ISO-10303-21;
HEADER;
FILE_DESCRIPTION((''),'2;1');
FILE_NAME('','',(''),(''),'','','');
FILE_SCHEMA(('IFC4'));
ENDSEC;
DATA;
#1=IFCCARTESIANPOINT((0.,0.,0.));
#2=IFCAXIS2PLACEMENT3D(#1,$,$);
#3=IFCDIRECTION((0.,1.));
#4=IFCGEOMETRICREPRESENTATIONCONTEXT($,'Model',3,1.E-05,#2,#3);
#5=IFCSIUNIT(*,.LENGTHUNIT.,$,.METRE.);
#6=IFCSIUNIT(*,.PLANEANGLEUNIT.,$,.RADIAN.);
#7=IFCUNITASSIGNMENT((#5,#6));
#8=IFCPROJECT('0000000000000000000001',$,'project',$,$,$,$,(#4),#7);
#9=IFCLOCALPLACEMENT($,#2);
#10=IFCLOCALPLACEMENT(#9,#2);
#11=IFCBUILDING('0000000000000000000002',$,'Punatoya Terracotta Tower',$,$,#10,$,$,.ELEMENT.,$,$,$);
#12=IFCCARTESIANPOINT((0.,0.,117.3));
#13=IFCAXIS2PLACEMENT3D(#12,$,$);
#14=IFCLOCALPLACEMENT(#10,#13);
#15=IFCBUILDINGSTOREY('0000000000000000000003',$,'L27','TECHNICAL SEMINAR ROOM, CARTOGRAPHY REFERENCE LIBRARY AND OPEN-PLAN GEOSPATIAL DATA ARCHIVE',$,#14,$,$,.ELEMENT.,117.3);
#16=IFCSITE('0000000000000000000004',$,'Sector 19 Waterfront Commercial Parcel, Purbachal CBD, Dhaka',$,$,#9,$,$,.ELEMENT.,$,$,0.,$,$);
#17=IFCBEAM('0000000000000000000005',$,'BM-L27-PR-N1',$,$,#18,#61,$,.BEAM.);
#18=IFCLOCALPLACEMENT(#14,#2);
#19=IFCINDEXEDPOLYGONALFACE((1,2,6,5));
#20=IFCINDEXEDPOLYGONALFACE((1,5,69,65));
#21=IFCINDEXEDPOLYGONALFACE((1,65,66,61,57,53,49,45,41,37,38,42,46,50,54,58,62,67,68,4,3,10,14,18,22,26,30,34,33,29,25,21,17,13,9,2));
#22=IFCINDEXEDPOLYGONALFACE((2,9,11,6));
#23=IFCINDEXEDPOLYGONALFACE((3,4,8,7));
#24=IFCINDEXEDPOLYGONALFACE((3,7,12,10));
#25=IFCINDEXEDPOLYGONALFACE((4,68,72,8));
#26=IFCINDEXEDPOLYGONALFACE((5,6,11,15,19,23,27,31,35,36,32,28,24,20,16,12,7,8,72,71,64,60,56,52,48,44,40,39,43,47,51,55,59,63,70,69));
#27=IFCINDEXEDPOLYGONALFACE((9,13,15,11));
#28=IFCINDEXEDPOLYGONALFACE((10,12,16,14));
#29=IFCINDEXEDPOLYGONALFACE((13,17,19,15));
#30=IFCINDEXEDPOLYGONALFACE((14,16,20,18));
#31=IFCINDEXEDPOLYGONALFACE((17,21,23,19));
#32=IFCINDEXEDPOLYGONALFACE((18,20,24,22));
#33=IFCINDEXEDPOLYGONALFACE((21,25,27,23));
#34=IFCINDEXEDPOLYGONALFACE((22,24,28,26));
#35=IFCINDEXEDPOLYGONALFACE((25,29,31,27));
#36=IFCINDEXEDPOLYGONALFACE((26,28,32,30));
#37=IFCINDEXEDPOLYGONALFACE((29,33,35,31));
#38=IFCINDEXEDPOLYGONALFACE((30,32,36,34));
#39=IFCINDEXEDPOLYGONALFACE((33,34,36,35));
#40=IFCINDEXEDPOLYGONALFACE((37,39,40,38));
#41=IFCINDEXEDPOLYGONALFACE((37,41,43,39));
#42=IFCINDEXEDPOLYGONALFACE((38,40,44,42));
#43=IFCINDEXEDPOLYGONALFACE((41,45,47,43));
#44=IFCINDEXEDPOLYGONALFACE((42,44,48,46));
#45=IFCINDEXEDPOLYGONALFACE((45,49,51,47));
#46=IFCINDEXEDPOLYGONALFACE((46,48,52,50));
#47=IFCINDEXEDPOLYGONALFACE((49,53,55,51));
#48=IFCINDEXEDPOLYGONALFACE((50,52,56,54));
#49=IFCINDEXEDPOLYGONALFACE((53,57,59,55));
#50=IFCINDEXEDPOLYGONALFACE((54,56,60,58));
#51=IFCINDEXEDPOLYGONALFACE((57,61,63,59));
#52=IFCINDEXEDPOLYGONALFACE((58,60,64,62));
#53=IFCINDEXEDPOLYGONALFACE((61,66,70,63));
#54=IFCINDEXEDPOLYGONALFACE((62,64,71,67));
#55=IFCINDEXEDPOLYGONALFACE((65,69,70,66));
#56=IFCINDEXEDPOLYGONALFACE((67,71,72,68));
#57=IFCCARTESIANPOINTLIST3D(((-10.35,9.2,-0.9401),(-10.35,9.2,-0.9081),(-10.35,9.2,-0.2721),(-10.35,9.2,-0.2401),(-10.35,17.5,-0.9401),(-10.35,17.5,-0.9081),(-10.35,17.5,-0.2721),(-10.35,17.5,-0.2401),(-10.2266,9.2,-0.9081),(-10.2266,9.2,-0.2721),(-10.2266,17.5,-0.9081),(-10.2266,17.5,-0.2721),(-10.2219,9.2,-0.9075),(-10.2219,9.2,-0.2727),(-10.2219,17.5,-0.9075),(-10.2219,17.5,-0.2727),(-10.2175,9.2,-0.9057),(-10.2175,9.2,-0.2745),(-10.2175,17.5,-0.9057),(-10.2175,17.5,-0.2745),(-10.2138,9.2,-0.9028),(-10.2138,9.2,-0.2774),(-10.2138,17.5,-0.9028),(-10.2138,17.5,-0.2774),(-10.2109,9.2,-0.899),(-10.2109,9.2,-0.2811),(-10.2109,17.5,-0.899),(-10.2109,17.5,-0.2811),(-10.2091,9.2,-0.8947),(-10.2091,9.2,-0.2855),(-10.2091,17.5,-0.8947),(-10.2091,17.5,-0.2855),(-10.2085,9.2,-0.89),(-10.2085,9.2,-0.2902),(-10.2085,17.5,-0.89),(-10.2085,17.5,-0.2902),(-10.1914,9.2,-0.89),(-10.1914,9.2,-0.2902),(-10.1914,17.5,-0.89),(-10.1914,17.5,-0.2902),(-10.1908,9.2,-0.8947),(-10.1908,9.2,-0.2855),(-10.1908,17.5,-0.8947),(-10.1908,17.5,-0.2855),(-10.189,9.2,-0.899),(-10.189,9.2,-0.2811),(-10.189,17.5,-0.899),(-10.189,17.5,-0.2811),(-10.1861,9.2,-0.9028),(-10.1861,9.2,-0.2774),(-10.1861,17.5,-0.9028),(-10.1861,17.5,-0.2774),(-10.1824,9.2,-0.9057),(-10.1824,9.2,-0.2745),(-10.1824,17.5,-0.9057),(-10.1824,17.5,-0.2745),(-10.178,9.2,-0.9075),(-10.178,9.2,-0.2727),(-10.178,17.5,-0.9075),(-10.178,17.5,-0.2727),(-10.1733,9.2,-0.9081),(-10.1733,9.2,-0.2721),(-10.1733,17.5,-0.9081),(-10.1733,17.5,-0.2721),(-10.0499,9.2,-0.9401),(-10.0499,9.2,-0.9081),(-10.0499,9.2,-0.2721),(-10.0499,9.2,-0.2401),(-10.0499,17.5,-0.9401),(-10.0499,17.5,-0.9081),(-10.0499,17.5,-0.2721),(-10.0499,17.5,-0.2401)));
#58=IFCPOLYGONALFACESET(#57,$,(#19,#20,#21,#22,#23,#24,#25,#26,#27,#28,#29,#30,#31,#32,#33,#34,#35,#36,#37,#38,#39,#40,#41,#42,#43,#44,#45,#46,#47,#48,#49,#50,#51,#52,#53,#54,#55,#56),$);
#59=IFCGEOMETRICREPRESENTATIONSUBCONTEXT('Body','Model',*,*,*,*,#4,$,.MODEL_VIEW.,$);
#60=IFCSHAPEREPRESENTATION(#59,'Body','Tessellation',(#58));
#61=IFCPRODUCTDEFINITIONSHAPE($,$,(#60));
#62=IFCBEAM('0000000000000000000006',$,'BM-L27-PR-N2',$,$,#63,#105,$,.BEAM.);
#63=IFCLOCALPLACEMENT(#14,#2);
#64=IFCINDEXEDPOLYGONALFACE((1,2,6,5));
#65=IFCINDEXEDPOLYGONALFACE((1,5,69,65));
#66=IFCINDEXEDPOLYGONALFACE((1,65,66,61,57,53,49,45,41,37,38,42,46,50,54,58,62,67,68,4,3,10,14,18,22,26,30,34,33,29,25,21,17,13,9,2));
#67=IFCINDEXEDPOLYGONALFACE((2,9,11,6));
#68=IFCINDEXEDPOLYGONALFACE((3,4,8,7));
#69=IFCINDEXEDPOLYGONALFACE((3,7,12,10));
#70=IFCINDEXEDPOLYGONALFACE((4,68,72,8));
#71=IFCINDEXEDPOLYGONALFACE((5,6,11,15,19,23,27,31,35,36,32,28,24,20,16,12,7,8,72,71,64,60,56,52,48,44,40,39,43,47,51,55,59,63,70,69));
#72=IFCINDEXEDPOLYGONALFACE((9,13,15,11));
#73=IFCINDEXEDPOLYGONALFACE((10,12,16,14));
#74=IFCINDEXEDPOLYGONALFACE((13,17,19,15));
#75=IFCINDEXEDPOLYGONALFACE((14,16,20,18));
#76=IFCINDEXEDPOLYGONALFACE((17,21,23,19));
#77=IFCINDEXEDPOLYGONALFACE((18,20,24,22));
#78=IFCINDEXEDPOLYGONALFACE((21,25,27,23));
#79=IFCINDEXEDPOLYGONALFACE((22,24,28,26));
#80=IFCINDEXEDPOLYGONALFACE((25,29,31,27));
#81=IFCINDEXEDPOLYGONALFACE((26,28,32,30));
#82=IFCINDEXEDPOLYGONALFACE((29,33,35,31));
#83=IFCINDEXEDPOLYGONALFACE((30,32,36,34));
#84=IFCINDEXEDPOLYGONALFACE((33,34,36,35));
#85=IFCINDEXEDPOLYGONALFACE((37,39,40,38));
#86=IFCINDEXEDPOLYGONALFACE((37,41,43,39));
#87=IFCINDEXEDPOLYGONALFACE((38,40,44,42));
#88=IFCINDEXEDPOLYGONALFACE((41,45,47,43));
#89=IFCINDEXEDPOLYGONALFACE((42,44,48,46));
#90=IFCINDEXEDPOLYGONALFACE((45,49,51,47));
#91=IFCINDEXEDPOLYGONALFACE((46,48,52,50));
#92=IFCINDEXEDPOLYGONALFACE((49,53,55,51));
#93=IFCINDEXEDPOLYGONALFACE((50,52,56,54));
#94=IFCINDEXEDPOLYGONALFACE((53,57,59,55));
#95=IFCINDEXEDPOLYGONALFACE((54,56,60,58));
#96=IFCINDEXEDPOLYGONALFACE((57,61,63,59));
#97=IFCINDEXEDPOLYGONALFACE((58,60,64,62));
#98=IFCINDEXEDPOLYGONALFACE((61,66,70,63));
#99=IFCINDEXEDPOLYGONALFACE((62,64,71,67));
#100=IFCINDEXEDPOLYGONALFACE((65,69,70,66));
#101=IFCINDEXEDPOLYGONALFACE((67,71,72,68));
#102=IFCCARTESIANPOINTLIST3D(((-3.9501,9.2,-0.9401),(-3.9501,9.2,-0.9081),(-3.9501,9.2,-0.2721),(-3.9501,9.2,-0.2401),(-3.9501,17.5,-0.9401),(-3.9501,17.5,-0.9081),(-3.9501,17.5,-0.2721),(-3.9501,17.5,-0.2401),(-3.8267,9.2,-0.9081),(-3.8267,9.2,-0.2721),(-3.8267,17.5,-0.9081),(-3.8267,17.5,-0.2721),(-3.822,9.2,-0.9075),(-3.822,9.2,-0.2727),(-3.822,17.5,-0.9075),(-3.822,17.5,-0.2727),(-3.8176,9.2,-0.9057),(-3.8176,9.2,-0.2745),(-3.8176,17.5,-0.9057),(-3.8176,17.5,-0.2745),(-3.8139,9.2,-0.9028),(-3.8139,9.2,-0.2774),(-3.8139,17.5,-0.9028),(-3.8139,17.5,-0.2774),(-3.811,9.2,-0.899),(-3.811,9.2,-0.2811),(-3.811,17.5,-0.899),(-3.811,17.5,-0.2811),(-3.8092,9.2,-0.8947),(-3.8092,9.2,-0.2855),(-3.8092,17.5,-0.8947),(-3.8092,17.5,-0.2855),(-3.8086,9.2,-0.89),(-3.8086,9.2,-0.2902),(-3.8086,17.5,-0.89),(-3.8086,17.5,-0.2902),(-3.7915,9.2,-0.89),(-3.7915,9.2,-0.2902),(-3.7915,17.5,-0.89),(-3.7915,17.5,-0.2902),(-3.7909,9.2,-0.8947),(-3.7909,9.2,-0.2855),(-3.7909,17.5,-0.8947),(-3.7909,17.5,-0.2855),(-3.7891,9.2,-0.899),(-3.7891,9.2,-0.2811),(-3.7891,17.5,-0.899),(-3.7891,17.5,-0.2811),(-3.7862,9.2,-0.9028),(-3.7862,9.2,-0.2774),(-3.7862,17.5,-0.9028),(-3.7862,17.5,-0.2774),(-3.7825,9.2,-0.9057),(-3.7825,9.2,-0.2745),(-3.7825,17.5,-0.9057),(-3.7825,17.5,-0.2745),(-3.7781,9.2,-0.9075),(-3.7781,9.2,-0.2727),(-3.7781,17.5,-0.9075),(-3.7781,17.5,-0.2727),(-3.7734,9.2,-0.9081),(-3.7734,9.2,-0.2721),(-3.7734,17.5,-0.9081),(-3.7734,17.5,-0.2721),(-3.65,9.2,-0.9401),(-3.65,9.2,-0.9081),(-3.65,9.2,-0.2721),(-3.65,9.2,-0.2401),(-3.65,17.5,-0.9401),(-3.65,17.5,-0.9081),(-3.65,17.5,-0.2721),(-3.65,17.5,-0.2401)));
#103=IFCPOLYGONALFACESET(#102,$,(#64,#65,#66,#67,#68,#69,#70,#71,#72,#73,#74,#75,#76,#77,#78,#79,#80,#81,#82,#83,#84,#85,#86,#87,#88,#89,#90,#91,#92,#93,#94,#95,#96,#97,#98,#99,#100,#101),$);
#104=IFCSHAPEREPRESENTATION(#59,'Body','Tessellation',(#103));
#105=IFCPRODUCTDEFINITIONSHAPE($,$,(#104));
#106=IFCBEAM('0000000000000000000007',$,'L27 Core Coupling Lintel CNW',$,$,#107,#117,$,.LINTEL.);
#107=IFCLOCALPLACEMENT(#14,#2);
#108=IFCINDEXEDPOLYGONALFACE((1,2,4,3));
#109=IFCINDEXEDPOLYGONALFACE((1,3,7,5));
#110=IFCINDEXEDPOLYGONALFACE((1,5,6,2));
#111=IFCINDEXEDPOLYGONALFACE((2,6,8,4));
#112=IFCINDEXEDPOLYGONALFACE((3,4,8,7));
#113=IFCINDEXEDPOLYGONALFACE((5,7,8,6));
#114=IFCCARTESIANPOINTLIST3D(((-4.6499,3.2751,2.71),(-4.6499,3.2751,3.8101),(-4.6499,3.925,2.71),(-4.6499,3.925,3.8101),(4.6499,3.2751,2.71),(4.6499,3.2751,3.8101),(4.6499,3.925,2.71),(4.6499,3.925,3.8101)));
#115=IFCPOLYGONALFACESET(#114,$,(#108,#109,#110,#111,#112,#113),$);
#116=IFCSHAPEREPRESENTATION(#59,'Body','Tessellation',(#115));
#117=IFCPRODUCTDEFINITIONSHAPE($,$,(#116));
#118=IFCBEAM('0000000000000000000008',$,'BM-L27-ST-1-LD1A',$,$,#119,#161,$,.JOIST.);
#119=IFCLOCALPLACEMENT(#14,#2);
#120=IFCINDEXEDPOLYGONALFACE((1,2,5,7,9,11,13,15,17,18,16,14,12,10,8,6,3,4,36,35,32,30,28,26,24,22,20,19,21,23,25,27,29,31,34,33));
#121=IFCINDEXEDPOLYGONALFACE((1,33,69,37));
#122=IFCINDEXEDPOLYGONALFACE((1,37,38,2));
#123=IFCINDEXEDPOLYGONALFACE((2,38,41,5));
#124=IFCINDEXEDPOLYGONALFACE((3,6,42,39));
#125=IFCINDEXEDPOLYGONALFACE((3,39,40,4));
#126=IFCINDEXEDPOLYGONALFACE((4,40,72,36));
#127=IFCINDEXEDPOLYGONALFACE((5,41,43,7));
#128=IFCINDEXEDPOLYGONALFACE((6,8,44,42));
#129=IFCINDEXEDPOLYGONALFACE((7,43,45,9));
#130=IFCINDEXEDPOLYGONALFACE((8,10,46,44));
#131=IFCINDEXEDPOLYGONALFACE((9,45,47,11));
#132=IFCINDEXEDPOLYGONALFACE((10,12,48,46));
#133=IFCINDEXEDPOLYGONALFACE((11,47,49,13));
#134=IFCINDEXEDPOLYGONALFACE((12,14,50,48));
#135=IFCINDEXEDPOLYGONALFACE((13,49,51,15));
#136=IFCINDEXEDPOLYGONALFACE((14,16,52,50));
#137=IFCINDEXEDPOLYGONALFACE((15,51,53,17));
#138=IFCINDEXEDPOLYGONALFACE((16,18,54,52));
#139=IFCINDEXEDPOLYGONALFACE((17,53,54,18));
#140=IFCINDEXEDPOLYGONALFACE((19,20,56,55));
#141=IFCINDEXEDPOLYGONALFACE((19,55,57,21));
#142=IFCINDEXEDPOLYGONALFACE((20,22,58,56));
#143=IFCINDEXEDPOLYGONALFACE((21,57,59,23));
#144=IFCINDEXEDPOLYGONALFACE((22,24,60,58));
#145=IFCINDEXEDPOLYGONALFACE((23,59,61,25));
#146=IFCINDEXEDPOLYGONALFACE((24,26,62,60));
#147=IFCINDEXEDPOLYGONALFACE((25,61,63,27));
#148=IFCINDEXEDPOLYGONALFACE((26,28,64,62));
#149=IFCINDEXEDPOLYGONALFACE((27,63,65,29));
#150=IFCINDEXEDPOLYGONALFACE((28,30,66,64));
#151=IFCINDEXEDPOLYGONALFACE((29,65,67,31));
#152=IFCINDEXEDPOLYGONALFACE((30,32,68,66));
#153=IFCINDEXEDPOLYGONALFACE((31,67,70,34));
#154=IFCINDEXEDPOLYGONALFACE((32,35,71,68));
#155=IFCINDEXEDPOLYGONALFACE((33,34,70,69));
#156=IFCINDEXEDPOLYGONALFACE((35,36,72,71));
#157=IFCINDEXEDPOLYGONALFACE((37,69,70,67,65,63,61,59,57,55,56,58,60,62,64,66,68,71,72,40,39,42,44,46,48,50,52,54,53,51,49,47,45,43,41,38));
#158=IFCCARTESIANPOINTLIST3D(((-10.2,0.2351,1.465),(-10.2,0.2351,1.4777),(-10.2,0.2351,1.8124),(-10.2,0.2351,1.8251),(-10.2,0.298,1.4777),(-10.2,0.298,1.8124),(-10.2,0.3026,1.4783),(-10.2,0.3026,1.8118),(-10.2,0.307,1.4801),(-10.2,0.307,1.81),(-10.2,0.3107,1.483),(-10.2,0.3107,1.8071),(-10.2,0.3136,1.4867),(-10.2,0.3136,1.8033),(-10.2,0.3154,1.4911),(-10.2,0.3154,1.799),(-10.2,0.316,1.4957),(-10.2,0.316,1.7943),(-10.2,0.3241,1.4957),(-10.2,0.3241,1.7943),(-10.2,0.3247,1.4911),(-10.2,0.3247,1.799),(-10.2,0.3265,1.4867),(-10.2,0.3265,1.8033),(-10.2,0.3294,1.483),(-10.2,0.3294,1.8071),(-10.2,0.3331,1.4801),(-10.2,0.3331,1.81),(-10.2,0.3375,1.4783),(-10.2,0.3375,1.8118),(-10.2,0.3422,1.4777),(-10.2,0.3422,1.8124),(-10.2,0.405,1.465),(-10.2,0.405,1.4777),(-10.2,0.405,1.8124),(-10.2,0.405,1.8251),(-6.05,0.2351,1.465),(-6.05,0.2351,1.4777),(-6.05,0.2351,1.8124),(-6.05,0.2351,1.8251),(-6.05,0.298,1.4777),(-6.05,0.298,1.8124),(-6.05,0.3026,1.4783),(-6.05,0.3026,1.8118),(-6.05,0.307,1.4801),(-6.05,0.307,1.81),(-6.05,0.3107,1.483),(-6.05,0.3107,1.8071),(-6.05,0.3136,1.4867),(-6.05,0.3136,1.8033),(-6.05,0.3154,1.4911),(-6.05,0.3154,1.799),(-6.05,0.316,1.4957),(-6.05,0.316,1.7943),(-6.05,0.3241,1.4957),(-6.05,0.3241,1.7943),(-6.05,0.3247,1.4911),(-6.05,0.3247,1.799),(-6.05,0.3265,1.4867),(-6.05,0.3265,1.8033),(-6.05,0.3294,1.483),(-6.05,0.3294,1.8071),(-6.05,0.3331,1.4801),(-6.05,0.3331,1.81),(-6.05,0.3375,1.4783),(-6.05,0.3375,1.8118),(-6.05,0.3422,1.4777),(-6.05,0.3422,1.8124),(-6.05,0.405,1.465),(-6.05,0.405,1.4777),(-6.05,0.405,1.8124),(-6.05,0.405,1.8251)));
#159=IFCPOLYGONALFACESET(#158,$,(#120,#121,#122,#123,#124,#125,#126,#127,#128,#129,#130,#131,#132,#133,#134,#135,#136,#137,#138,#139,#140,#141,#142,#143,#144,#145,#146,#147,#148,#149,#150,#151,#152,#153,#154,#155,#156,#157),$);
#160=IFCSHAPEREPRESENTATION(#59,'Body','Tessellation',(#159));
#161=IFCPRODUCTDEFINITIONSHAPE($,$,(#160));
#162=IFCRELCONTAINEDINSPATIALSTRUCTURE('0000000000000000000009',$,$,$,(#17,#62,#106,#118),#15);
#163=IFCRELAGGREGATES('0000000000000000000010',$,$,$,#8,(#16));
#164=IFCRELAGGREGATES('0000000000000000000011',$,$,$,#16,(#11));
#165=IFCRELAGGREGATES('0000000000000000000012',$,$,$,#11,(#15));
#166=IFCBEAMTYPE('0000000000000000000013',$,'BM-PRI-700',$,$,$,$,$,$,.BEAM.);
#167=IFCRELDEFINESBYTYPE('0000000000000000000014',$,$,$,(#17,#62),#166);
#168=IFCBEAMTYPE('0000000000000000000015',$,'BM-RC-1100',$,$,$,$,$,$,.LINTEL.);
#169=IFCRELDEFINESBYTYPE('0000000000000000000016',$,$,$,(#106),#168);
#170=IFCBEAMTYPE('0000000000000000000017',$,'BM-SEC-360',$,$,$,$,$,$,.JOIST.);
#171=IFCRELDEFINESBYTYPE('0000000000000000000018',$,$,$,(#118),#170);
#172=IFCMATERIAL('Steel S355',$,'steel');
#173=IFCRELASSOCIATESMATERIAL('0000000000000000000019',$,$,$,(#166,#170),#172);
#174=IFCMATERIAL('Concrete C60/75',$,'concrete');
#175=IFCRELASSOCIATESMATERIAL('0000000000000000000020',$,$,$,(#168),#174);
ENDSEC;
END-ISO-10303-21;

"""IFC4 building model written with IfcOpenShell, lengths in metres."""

from ifc_helpers import new_model, si_unit, direction, frame, origin, origin_2d, place, context, subcontext, project, spatial, rectangle, i_section, extrude, material, material_profile, profile_set, type_object, element, save


model = new_model("IFC4")

# Units and contexts
model_context = context("Model", 3, precision=1e-05, world=origin(), true_north=direction((0.0, 1.0)))
body_context = subcontext(model_context, "Body", "Model", "MODEL_VIEW")
ifc_project = project(units=[si_unit("LENGTHUNIT", "METRE"), si_unit("PLANEANGLEUNIT", "RADIAN")], contexts=[model_context])

# Site, building, storey
site_placement = place(None, origin())
site = spatial("IfcSite", under=ifc_project, at=site_placement, Name="Sector 19 Waterfront Commercial Parcel, Purbachal CBD, Dhaka", CompositionType="ELEMENT", RefElevation=0.0)
building_placement = place(site_placement, origin())
building = spatial("IfcBuilding", under=site, at=building_placement, Name="Punatoya Terracotta Tower", CompositionType="ELEMENT")
storey_placement = place(building_placement, frame((0.0, 0.0, 117.3)))
storey = spatial("IfcBuildingStorey", under=building, at=storey_placement, Name="L27", Description="TECHNICAL SEMINAR ROOM, CARTOGRAPHY REFERENCE LIBRARY AND OPEN-PLAN GEOSPATIAL DATA ARCHIVE", CompositionType="ELEMENT", Elevation=117.3)

# Beams
ifc_material_1 = material(Name="Steel S355", Category="steel")
ifc_material_profile_1 = material_profile(ifc_material_1, i_section(OverallWidth=0.3, OverallDepth=0.7, WebThickness=0.0171, FlangeThickness=0.032, FilletRadius=0.0181, at=origin_2d()))
ifc_profile_set_1 = profile_set([ifc_material_profile_1], Name="Steel S355")
beam_type_1 = type_object("IfcBeamType", Name="BM-PRI-700", PredefinedType="BEAM", material=ifc_profile_set_1)
for number, where, z_axis, x_axis, name in (
    (1, (-10.2, 9.2, -0.5901), (0.0, 1.0, 0.0), (-1.0, 0.0, 0.0), "BM-L27-PR-N1"),
    (2, (-3.8, 9.2, -0.5901), (0.0, 1.0, 0.0), (-1.0, 0.0, 0.0), "BM-L27-PR-N2"),
):
    element("IfcBeam", number, at=place(storey_placement, frame(where, z_axis=z_axis, x_axis=x_axis)), inside=storey, type_object=beam_type_1, Name=name, PredefinedType="BEAM", context=body_context, shape_type="SweptSolid", body=[
        extrude(i_section(OverallWidth=0.3, OverallDepth=0.7, WebThickness=0.0171, FlangeThickness=0.032, FilletRadius=0.0181, at=origin_2d()), origin(), (0.0, 0.0, 1.0), 8.3),
    ])
ifc_material_2 = material(Name="Concrete C60/75", Category="concrete")
ifc_material_profile_2 = material_profile(ifc_material_2, rectangle(XDim=0.6499, YDim=1.1001, at=origin_2d()))
ifc_profile_set_2 = profile_set([ifc_material_profile_2], Name="Concrete C60/75")
beam_type_2 = type_object("IfcBeamType", Name="BM-RC-1100", PredefinedType="LINTEL", material=ifc_profile_set_2)
beam_1_placement = place(storey_placement, frame((-4.6499, 3.6001, 3.26), z_axis=(1.0, 0.0, 0.0), x_axis=(0.0, 1.0, 0.0)))
element("IfcBeam", 3, at=beam_1_placement, inside=storey, type_object=beam_type_2, Name="L27 Core Coupling Lintel CNW", PredefinedType="LINTEL", context=body_context, shape_type="SweptSolid", body=[
    extrude(rectangle(XDim=0.6499, YDim=1.1001, at=origin_2d()), origin(), (0.0, 0.0, 1.0), 9.2998),
])
ifc_material_profile_3 = material_profile(ifc_material_1, i_section(OverallWidth=0.1699, OverallDepth=0.3601, WebThickness=0.0081, FlangeThickness=0.0127, FilletRadius=0.0181, at=origin_2d()))
ifc_profile_set_3 = profile_set([ifc_material_profile_3], Name="Steel S355")
beam_type_3 = type_object("IfcBeamType", Name="BM-SEC-360", PredefinedType="JOIST", material=ifc_profile_set_3)
for number, where, z_axis, x_axis, name in (
    (4, (-10.2, 0.3201, 1.645), (1.0, 0.0, 0.0), (0.0, 1.0, 0.0), "BM-L27-ST-1-LD1A"),
):
    element("IfcBeam", number, at=place(storey_placement, frame(where, z_axis=z_axis, x_axis=x_axis)), inside=storey, type_object=beam_type_3, Name=name, PredefinedType="JOIST", context=body_context, shape_type="SweptSolid", body=[
        extrude(i_section(OverallWidth=0.1699, OverallDepth=0.3601, WebThickness=0.0081, FlangeThickness=0.0127, FilletRadius=0.0181, at=origin_2d()), origin(), (0.0, 0.0, 1.0), 4.1499),
    ])

save(model, "model.ifc")
